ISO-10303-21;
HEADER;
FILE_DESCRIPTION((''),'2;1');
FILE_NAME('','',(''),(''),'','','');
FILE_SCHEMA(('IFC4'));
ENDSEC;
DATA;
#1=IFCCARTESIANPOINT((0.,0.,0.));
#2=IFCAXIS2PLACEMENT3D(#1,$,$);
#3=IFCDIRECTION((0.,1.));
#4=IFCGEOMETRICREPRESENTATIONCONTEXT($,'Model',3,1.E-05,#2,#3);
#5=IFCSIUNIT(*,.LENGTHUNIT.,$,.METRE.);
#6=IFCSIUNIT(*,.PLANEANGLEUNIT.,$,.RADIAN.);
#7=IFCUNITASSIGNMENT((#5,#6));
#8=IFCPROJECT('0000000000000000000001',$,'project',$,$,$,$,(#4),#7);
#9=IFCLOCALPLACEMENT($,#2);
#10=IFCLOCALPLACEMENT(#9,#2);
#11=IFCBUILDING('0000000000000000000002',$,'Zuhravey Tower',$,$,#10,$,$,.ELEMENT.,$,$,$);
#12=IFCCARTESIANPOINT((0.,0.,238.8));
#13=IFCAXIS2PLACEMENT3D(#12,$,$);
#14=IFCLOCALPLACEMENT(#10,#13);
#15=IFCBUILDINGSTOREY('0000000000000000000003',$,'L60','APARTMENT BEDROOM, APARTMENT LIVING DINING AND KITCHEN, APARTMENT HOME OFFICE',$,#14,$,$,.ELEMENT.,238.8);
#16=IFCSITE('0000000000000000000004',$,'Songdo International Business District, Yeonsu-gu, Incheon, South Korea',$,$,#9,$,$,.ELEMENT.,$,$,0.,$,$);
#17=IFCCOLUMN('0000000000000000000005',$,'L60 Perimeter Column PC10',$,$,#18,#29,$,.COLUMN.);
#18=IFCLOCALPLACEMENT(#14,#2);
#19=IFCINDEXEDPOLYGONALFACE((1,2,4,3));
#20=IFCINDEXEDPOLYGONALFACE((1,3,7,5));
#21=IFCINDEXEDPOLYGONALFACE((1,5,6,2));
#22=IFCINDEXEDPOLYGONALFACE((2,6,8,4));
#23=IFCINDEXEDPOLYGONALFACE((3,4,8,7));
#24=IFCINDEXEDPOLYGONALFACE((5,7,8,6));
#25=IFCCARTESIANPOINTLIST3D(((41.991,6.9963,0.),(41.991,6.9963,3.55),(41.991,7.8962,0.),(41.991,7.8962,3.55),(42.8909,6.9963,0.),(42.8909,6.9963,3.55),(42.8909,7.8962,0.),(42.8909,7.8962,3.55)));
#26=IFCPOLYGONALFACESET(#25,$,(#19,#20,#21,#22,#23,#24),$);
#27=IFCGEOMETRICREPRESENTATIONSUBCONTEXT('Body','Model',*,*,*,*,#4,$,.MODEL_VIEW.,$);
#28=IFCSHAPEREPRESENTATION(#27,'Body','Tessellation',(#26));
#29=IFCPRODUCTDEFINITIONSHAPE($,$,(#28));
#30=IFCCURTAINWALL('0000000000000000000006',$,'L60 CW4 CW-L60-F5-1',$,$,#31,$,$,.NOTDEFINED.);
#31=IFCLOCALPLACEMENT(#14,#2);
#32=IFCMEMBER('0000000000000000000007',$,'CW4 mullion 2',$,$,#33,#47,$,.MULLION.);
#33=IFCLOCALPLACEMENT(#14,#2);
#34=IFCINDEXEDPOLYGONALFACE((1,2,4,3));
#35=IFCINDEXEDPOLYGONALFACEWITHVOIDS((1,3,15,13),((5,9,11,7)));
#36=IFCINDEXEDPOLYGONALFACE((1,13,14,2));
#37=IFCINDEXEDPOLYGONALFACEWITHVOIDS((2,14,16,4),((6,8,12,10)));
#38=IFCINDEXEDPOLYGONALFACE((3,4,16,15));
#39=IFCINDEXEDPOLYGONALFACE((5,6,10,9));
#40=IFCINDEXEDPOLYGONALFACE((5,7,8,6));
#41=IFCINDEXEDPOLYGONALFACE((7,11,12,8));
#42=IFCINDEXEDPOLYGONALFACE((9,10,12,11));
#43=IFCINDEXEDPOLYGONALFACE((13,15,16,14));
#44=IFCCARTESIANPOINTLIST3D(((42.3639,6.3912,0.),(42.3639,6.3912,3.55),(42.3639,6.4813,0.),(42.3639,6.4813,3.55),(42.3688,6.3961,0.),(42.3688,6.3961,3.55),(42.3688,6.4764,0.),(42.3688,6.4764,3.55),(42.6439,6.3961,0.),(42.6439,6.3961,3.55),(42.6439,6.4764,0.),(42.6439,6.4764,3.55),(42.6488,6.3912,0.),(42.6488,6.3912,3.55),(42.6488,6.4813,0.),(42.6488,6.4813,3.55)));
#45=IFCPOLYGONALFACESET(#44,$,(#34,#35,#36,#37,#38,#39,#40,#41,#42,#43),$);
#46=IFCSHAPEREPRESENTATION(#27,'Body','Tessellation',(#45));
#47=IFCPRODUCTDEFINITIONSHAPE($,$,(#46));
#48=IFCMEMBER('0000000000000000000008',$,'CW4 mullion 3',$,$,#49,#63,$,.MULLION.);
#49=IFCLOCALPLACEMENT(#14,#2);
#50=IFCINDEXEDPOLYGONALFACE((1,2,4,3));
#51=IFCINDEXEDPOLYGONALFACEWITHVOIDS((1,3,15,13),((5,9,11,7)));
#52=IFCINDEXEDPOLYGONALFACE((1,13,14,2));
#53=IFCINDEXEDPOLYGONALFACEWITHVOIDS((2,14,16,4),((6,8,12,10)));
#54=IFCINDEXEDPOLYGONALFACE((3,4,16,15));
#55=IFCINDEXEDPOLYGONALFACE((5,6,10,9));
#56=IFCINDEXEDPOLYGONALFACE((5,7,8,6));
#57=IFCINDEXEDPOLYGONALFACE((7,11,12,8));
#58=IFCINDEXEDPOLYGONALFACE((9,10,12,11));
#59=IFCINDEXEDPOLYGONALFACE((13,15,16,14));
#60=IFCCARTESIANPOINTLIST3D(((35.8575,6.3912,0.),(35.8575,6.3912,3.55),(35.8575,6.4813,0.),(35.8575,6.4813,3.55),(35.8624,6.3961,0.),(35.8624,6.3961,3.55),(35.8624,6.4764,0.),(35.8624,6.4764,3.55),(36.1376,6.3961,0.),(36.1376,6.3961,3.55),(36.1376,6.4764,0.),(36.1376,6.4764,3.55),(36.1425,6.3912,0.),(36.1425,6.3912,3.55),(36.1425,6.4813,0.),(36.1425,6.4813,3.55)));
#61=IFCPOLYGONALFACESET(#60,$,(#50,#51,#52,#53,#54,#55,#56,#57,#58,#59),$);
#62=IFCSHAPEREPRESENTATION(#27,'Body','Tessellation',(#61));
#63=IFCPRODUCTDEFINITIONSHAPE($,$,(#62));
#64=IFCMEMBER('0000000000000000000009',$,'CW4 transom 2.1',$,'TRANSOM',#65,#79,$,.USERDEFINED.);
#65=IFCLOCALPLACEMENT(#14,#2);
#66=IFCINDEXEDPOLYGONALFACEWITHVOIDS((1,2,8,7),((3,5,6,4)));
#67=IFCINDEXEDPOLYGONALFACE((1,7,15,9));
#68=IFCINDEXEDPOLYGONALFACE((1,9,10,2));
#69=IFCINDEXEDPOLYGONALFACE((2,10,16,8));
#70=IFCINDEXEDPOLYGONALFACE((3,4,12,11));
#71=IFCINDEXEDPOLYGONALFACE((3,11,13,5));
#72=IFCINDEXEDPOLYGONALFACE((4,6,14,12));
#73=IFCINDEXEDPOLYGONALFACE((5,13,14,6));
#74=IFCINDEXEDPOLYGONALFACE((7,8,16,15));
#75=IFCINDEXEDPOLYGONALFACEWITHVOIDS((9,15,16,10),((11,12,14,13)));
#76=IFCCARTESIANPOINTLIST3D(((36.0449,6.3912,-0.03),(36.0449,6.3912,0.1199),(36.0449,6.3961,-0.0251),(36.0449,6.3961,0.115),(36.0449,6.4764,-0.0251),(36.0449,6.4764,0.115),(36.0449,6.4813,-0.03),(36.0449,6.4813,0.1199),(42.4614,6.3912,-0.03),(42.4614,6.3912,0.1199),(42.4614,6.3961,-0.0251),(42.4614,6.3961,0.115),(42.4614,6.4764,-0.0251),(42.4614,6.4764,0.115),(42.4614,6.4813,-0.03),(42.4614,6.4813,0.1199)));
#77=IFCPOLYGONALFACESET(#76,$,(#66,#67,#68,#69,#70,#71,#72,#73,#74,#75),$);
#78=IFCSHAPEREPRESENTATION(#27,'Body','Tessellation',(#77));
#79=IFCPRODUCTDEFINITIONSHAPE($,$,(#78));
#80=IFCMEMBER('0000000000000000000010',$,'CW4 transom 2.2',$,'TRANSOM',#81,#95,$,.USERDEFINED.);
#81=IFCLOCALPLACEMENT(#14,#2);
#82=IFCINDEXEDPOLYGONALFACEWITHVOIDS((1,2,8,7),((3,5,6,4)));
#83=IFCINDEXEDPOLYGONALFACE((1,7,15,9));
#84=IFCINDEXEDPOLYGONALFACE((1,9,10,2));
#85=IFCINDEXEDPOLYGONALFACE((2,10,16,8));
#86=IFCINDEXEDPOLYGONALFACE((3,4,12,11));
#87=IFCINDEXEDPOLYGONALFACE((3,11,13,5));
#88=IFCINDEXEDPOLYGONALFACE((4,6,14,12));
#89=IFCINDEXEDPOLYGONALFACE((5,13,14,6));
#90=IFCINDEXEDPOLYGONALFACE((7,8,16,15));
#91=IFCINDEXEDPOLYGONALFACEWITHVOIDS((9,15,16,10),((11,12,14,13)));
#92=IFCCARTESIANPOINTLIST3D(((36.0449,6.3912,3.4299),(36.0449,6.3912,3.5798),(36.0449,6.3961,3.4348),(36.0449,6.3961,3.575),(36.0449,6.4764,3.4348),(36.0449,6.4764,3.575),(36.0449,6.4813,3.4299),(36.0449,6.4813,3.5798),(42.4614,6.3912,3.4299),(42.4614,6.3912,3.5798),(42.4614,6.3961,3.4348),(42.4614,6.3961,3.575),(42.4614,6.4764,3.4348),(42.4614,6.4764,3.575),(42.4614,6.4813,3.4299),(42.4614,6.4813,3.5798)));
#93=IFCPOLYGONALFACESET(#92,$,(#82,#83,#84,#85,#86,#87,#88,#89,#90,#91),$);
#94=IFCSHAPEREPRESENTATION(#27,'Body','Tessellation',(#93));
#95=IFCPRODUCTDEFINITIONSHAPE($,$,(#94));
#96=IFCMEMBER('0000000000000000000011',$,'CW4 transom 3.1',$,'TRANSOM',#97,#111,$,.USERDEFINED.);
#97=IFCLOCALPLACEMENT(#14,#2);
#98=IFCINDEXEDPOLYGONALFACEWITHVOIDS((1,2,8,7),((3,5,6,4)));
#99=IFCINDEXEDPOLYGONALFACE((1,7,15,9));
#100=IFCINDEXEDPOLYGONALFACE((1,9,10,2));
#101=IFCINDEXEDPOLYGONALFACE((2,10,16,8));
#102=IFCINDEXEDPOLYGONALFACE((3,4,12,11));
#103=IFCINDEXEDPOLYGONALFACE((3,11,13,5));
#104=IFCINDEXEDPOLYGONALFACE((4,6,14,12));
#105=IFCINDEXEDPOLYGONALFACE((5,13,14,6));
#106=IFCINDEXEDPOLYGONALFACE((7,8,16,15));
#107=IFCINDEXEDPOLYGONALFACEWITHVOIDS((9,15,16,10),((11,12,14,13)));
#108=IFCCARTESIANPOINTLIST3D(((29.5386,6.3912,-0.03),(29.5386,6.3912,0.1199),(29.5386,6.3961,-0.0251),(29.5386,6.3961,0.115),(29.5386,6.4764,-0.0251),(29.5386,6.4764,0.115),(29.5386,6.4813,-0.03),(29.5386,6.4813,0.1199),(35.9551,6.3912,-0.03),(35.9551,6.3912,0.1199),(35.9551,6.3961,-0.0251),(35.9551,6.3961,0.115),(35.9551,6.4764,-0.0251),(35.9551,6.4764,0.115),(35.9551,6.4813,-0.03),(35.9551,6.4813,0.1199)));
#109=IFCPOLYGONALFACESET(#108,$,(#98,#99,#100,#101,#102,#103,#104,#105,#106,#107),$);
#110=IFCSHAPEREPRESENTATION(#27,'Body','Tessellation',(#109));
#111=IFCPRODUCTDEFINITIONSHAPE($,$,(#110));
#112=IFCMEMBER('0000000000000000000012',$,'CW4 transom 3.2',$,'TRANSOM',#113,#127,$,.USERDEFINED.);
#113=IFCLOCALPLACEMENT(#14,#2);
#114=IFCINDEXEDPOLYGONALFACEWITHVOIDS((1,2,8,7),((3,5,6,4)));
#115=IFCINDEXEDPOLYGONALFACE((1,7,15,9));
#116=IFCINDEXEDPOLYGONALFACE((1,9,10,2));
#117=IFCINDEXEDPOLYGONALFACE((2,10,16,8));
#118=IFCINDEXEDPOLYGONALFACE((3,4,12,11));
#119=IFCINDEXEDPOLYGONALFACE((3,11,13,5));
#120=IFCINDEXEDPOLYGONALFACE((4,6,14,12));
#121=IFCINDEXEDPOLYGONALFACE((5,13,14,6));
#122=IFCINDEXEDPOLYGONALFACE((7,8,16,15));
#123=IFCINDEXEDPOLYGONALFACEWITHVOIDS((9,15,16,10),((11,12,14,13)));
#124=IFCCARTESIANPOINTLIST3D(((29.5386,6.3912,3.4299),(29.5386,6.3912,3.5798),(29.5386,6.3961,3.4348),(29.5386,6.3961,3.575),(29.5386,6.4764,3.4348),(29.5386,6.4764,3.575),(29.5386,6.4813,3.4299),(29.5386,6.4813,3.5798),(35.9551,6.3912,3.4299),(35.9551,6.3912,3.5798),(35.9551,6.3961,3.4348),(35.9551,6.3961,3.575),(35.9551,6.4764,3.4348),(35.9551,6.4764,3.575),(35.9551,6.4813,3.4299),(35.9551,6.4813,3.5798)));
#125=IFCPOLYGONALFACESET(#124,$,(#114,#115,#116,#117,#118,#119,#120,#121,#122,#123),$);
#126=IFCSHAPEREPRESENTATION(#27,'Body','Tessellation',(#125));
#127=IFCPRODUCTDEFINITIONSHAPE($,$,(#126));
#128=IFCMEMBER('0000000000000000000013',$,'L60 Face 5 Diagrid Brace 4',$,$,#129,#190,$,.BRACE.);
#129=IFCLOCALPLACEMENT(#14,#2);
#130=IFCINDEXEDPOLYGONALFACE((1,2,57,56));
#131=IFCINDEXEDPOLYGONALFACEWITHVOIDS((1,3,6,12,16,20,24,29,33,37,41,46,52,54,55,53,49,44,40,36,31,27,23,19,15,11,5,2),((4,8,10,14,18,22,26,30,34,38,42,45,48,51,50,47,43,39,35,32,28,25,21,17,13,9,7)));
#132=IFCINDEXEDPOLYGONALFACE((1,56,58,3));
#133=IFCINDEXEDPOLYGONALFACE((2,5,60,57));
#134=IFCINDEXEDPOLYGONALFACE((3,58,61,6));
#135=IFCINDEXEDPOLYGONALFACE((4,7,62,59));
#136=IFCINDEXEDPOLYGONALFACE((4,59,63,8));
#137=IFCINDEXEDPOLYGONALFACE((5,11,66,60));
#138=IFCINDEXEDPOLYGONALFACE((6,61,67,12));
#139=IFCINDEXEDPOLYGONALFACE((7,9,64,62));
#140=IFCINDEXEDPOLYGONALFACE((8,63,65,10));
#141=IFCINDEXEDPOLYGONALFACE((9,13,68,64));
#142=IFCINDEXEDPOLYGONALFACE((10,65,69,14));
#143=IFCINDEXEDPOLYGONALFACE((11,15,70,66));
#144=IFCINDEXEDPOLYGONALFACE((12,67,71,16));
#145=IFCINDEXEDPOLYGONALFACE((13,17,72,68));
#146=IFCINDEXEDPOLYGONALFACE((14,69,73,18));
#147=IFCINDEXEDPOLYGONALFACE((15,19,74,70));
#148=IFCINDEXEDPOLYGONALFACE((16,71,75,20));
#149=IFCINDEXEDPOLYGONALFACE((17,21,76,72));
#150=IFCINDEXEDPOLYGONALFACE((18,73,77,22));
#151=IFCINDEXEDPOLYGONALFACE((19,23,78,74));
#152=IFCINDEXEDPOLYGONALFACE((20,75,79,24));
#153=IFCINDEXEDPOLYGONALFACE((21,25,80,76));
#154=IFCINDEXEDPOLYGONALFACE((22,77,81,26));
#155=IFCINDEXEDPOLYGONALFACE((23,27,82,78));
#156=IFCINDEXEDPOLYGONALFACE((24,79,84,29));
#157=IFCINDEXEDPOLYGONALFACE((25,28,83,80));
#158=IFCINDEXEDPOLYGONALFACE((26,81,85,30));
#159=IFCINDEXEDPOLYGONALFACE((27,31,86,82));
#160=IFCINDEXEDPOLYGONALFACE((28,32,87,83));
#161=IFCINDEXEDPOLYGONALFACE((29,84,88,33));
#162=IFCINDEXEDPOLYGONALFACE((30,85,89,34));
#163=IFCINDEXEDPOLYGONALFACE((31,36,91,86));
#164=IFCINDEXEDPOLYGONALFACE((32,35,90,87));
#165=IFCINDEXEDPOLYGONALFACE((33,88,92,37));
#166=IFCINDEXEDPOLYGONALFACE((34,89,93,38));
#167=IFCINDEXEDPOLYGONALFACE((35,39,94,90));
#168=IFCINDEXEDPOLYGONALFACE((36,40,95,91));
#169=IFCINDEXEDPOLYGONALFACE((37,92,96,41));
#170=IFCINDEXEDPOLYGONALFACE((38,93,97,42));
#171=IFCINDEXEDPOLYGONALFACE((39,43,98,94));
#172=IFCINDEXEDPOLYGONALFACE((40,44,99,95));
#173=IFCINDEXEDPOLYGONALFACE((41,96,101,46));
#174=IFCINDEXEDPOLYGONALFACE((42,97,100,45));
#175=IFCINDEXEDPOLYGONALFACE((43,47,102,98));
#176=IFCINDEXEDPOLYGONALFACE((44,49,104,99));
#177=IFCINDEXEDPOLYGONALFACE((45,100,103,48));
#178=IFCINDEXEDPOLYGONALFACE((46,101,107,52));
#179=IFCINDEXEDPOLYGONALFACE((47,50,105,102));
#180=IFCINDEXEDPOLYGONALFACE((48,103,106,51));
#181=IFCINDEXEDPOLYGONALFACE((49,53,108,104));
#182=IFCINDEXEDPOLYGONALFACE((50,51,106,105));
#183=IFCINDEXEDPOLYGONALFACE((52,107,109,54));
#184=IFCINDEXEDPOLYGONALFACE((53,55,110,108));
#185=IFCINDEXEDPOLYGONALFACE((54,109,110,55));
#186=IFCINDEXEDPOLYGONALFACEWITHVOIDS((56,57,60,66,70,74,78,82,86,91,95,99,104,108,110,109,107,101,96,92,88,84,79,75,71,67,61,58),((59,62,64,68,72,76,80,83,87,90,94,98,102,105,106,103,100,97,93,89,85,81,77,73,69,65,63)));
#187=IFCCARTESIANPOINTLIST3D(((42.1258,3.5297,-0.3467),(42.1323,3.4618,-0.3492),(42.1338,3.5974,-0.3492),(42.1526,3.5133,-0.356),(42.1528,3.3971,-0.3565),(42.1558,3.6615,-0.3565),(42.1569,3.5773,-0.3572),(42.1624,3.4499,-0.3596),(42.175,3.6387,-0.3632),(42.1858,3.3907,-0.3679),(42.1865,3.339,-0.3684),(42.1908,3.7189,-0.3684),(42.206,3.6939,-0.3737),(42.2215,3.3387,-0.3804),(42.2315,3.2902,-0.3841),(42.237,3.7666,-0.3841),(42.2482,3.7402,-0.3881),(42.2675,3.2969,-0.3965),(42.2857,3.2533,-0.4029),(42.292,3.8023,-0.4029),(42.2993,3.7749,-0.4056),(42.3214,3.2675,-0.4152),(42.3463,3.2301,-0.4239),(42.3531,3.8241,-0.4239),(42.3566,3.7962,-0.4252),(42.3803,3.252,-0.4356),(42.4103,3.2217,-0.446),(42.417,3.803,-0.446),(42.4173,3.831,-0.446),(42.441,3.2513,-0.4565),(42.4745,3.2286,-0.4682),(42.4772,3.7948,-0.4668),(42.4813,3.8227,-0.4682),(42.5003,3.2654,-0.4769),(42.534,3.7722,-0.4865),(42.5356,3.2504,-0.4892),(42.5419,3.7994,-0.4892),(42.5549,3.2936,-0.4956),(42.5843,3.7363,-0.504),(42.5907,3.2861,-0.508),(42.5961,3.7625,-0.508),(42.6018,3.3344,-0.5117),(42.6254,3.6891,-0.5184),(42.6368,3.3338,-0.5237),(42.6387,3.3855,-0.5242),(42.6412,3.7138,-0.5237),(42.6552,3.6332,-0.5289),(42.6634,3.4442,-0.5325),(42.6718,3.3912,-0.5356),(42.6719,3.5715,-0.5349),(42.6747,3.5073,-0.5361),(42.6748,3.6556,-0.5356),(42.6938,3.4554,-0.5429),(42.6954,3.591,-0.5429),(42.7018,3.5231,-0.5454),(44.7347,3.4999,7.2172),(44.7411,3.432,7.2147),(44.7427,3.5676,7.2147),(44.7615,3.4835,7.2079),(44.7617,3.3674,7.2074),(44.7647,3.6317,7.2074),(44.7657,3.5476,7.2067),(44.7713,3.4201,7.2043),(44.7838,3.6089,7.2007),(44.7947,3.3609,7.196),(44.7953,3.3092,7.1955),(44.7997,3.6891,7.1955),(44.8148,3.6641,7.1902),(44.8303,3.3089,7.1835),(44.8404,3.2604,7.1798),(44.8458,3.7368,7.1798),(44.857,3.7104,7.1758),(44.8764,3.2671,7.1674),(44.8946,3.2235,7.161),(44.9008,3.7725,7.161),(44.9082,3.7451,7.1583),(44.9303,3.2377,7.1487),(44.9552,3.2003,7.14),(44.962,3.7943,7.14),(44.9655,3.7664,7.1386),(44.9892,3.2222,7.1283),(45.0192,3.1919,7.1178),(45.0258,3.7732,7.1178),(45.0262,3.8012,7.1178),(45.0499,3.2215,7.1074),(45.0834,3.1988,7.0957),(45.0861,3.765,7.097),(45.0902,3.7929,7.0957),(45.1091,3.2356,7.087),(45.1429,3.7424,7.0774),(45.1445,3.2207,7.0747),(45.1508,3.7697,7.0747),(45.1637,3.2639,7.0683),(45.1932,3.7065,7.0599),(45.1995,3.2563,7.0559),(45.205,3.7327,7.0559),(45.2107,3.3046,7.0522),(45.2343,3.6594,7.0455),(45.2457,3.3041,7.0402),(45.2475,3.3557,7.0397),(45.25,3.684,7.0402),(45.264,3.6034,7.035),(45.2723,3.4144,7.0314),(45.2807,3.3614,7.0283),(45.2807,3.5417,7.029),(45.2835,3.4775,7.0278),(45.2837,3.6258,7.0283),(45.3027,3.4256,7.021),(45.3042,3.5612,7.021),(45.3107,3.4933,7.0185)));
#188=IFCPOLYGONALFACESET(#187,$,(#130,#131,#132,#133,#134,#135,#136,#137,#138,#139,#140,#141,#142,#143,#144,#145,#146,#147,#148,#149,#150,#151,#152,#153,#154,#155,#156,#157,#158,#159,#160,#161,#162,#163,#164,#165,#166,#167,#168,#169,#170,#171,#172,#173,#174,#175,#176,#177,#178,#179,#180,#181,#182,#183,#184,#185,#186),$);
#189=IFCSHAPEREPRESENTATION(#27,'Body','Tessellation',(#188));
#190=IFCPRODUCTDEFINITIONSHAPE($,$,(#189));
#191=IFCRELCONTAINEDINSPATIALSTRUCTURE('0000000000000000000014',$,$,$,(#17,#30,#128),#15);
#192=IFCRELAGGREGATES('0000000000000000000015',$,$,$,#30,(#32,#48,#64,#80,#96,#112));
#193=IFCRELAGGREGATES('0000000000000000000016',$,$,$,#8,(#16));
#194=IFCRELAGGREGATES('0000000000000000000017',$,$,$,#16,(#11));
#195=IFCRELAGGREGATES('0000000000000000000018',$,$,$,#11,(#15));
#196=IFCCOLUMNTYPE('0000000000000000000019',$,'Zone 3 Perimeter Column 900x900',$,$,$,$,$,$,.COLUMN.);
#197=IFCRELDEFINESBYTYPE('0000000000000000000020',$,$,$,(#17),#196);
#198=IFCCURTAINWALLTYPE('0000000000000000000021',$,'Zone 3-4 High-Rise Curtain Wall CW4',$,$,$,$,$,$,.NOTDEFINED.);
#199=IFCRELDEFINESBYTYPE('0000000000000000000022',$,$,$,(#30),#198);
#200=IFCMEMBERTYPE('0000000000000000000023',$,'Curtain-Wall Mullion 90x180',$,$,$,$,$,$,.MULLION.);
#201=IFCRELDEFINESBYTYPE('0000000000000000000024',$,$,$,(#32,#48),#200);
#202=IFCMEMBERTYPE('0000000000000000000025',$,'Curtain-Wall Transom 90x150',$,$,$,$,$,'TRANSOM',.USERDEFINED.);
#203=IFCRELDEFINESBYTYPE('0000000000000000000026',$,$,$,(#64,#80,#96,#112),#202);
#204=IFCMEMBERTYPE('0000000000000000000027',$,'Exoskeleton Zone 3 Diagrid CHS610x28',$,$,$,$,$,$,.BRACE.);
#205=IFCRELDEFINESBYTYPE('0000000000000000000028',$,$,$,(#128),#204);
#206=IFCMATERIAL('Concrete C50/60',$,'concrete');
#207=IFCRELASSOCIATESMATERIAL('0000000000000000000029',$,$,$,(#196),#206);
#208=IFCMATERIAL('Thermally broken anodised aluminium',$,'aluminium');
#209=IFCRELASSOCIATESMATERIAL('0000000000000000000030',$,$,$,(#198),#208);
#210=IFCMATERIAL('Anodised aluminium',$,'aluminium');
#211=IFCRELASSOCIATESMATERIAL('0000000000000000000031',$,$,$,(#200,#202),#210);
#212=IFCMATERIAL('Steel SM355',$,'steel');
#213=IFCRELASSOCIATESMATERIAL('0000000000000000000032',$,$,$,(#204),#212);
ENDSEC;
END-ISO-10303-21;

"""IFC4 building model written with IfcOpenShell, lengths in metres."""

from ifc_helpers import new_model, si_unit, direction, frame, origin, origin_2d, place, context, subcontext, project, spatial, rectangle, hollow_rectangle, hollow_circle, extrude, material, material_profile, profile_set, type_object, element, aggregate, save


model = new_model("IFC4")

# Units and contexts
model_context = context("Model", 3, precision=1e-05, world=origin(), true_north=direction((0.0, 1.0)))
body_context = subcontext(model_context, "Body", "Model", "MODEL_VIEW")
ifc_project = project(units=[si_unit("LENGTHUNIT", "METRE"), si_unit("PLANEANGLEUNIT", "RADIAN")], contexts=[model_context])

# Site, building, storey
site_placement = place(None, origin())
site = spatial("IfcSite", under=ifc_project, at=site_placement, Name="Songdo International Business District, Yeonsu-gu, Incheon, South Korea", CompositionType="ELEMENT", RefElevation=0.0)
building_placement = place(site_placement, origin())
building = spatial("IfcBuilding", under=site, at=building_placement, Name="Zuhravey Tower", CompositionType="ELEMENT")
storey_placement = place(building_placement, frame((0.0, 0.0, 238.8)))
storey = spatial("IfcBuildingStorey", under=building, at=storey_placement, Name="L60", Description="APARTMENT BEDROOM, APARTMENT LIVING DINING AND KITCHEN, APARTMENT HOME OFFICE", CompositionType="ELEMENT", Elevation=238.8)

# Column
ifc_material_1 = material(Name="Concrete C50/60", Category="concrete")
ifc_material_profile_1 = material_profile(ifc_material_1, rectangle(XDim=0.8999, YDim=0.8999, at=origin_2d()), Name="RC-900x900")
ifc_profile_set_1 = profile_set([ifc_material_profile_1], Name="Concrete C50/60")
column_type = type_object("IfcColumnType", Name="Zone 3 Perimeter Column 900x900", PredefinedType="COLUMN", material=ifc_profile_set_1)
column_placement = place(storey_placement, frame((42.4409, 7.4463, 0.0), z_axis=(0.0, 0.0, 1.0), x_axis=(1.0, 0.0, 0.0)))
element("IfcColumn", 1, at=column_placement, inside=storey, type_object=column_type, Name="L60 Perimeter Column PC10", PredefinedType="COLUMN", context=body_context, shape_type="SweptSolid", body=[
    extrude(rectangle(XDim=0.8999, YDim=0.8999, at=origin_2d()), origin(), (0.0, 0.0, 1.0), 3.55),
])

# Curtain wall, members
ifc_material_2 = material(Name="Thermally broken anodised aluminium", Category="aluminium")
curtain_wall_type = type_object("IfcCurtainWallType", Name="Zone 3-4 High-Rise Curtain Wall CW4", PredefinedType="NOTDEFINED", material=ifc_material_2)
curtain_wall_placement = place(storey_placement, origin())
curtain_wall = element("IfcCurtainWall", 2, at=curtain_wall_placement, inside=storey, type_object=curtain_wall_type, Name="L60 CW4 CW-L60-F5-1", PredefinedType="NOTDEFINED")
ifc_material_3 = material(Name="Anodised aluminium", Category="aluminium")
ifc_material_profile_2 = material_profile(ifc_material_3, hollow_rectangle(XDim=0.0901, YDim=0.2849, WallThickness=0.0049, at=origin_2d()), Name="ALU-RHS-90x285x5")
ifc_profile_set_2 = profile_set([ifc_material_profile_2], Name="Anodised aluminium")
member_type_1 = type_object("IfcMemberType", Name="Curtain-Wall Mullion 90x180", PredefinedType="MULLION", material=ifc_profile_set_2)
member_1_placement = place(storey_placement, frame((42.5063, 6.4363, 0.0), z_axis=(0.0, 0.0, 1.0), x_axis=(0.0, -1.0, 0.0)))
member_1 = element("IfcMember", 3, at=member_1_placement, type_object=member_type_1, Name="CW4 mullion 2", PredefinedType="MULLION", context=body_context, shape_type="SweptSolid", body=[
    extrude(hollow_rectangle(XDim=0.0901, YDim=0.2849, WallThickness=0.0049, at=origin_2d()), origin(), (0.0, 0.0, 1.0), 3.55),
])
member_2_placement = place(storey_placement, frame((36.0, 6.4363, 0.0), z_axis=(0.0, 0.0, 1.0), x_axis=(0.0, -1.0, 0.0)))
member_2 = element("IfcMember", 4, at=member_2_placement, type_object=member_type_1, Name="CW4 mullion 3", PredefinedType="MULLION", context=body_context, shape_type="SweptSolid", body=[
    extrude(hollow_rectangle(XDim=0.0901, YDim=0.2849, WallThickness=0.0049, at=origin_2d()), origin(), (0.0, 0.0, 1.0), 3.55),
])
ifc_material_profile_3 = material_profile(ifc_material_3, hollow_rectangle(XDim=0.0901, YDim=0.1499, WallThickness=0.0049, at=origin_2d()), Name="ALU-RHS-90x150x5")
ifc_profile_set_3 = profile_set([ifc_material_profile_3], Name="Anodised aluminium")
member_type_2 = type_object("IfcMemberType", Name="Curtain-Wall Transom 90x150", ElementType="TRANSOM", PredefinedType="USERDEFINED", material=ifc_profile_set_3)
member_3_placement = place(storey_placement, frame((42.4614, 6.4363, 0.0449), z_axis=(-1.0, 0.0, 0.0), x_axis=(0.0, -1.0, 0.0)))
member_3 = element("IfcMember", 5, at=member_3_placement, type_object=member_type_2, Name="CW4 transom 2.1", ObjectType="TRANSOM", PredefinedType="USERDEFINED", context=body_context, shape_type="SweptSolid", body=[
    extrude(hollow_rectangle(XDim=0.0901, YDim=0.1499, WallThickness=0.0049, at=origin_2d()), origin(), (0.0, 0.0, 1.0), 6.4165),
])
member_4_placement = place(storey_placement, frame((42.4614, 6.4363, 3.5049), z_axis=(-1.0, 0.0, 0.0), x_axis=(0.0, -1.0, 0.0)))
member_4 = element("IfcMember", 6, at=member_4_placement, type_object=member_type_2, Name="CW4 transom 2.2", ObjectType="TRANSOM", PredefinedType="USERDEFINED", context=body_context, shape_type="SweptSolid", body=[
    extrude(hollow_rectangle(XDim=0.0901, YDim=0.1499, WallThickness=0.0049, at=origin_2d()), origin(), (0.0, 0.0, 1.0), 6.4165),
])
member_5_placement = place(storey_placement, frame((35.9551, 6.4363, 0.0449), z_axis=(-1.0, 0.0, 0.0), x_axis=(0.0, -1.0, 0.0)))
member_5 = element("IfcMember", 7, at=member_5_placement, type_object=member_type_2, Name="CW4 transom 3.1", ObjectType="TRANSOM", PredefinedType="USERDEFINED", context=body_context, shape_type="SweptSolid", body=[
    extrude(hollow_rectangle(XDim=0.0901, YDim=0.1499, WallThickness=0.0049, at=origin_2d()), origin(), (0.0, 0.0, 1.0), 6.4165),
])
member_6_placement = place(storey_placement, frame((35.9551, 6.4363, 3.5049), z_axis=(-1.0, 0.0, 0.0), x_axis=(0.0, -1.0, 0.0)))
member_6 = element("IfcMember", 8, at=member_6_placement, type_object=member_type_2, Name="CW4 transom 3.2", ObjectType="TRANSOM", PredefinedType="USERDEFINED", context=body_context, shape_type="SweptSolid", body=[
    extrude(hollow_rectangle(XDim=0.0901, YDim=0.1499, WallThickness=0.0049, at=origin_2d()), origin(), (0.0, 0.0, 1.0), 6.4165),
])

# Member
ifc_material_4 = material(Name="Steel SM355", Category="steel")
ifc_material_profile_4 = material_profile(ifc_material_4, hollow_circle(Radius=0.3047, WallThickness=0.0281, at=origin_2d()), Name="CHS-609.6x28")
ifc_profile_set_4 = profile_set([ifc_material_profile_4], Name="Steel SM355")
member_type_3 = type_object("IfcMemberType", Name="Exoskeleton Zone 3 Diagrid CHS610x28", PredefinedType="BRACE", material=ifc_profile_set_4)
member_7_placement = place(storey_placement, frame((42.4138, 3.5264, -0.446), z_axis=(0.326058, -0.003723, 0.945342), x_axis=(0.011416, 0.999935, 0.0)))
element("IfcMember", 9, at=member_7_placement, inside=storey, type_object=member_type_3, Name="L60 Face 5 Diagrid Brace 4", PredefinedType="BRACE", context=body_context, shape_type="SweptSolid", body=[
    extrude(hollow_circle(Radius=0.3047, WallThickness=0.0281, at=origin_2d()), origin(), (0.0, 0.0, 1.0), 8.0012),
])

aggregate(curtain_wall, [member_1, member_2, member_3, member_4, member_5, member_6])

save(model, "model.ifc")
